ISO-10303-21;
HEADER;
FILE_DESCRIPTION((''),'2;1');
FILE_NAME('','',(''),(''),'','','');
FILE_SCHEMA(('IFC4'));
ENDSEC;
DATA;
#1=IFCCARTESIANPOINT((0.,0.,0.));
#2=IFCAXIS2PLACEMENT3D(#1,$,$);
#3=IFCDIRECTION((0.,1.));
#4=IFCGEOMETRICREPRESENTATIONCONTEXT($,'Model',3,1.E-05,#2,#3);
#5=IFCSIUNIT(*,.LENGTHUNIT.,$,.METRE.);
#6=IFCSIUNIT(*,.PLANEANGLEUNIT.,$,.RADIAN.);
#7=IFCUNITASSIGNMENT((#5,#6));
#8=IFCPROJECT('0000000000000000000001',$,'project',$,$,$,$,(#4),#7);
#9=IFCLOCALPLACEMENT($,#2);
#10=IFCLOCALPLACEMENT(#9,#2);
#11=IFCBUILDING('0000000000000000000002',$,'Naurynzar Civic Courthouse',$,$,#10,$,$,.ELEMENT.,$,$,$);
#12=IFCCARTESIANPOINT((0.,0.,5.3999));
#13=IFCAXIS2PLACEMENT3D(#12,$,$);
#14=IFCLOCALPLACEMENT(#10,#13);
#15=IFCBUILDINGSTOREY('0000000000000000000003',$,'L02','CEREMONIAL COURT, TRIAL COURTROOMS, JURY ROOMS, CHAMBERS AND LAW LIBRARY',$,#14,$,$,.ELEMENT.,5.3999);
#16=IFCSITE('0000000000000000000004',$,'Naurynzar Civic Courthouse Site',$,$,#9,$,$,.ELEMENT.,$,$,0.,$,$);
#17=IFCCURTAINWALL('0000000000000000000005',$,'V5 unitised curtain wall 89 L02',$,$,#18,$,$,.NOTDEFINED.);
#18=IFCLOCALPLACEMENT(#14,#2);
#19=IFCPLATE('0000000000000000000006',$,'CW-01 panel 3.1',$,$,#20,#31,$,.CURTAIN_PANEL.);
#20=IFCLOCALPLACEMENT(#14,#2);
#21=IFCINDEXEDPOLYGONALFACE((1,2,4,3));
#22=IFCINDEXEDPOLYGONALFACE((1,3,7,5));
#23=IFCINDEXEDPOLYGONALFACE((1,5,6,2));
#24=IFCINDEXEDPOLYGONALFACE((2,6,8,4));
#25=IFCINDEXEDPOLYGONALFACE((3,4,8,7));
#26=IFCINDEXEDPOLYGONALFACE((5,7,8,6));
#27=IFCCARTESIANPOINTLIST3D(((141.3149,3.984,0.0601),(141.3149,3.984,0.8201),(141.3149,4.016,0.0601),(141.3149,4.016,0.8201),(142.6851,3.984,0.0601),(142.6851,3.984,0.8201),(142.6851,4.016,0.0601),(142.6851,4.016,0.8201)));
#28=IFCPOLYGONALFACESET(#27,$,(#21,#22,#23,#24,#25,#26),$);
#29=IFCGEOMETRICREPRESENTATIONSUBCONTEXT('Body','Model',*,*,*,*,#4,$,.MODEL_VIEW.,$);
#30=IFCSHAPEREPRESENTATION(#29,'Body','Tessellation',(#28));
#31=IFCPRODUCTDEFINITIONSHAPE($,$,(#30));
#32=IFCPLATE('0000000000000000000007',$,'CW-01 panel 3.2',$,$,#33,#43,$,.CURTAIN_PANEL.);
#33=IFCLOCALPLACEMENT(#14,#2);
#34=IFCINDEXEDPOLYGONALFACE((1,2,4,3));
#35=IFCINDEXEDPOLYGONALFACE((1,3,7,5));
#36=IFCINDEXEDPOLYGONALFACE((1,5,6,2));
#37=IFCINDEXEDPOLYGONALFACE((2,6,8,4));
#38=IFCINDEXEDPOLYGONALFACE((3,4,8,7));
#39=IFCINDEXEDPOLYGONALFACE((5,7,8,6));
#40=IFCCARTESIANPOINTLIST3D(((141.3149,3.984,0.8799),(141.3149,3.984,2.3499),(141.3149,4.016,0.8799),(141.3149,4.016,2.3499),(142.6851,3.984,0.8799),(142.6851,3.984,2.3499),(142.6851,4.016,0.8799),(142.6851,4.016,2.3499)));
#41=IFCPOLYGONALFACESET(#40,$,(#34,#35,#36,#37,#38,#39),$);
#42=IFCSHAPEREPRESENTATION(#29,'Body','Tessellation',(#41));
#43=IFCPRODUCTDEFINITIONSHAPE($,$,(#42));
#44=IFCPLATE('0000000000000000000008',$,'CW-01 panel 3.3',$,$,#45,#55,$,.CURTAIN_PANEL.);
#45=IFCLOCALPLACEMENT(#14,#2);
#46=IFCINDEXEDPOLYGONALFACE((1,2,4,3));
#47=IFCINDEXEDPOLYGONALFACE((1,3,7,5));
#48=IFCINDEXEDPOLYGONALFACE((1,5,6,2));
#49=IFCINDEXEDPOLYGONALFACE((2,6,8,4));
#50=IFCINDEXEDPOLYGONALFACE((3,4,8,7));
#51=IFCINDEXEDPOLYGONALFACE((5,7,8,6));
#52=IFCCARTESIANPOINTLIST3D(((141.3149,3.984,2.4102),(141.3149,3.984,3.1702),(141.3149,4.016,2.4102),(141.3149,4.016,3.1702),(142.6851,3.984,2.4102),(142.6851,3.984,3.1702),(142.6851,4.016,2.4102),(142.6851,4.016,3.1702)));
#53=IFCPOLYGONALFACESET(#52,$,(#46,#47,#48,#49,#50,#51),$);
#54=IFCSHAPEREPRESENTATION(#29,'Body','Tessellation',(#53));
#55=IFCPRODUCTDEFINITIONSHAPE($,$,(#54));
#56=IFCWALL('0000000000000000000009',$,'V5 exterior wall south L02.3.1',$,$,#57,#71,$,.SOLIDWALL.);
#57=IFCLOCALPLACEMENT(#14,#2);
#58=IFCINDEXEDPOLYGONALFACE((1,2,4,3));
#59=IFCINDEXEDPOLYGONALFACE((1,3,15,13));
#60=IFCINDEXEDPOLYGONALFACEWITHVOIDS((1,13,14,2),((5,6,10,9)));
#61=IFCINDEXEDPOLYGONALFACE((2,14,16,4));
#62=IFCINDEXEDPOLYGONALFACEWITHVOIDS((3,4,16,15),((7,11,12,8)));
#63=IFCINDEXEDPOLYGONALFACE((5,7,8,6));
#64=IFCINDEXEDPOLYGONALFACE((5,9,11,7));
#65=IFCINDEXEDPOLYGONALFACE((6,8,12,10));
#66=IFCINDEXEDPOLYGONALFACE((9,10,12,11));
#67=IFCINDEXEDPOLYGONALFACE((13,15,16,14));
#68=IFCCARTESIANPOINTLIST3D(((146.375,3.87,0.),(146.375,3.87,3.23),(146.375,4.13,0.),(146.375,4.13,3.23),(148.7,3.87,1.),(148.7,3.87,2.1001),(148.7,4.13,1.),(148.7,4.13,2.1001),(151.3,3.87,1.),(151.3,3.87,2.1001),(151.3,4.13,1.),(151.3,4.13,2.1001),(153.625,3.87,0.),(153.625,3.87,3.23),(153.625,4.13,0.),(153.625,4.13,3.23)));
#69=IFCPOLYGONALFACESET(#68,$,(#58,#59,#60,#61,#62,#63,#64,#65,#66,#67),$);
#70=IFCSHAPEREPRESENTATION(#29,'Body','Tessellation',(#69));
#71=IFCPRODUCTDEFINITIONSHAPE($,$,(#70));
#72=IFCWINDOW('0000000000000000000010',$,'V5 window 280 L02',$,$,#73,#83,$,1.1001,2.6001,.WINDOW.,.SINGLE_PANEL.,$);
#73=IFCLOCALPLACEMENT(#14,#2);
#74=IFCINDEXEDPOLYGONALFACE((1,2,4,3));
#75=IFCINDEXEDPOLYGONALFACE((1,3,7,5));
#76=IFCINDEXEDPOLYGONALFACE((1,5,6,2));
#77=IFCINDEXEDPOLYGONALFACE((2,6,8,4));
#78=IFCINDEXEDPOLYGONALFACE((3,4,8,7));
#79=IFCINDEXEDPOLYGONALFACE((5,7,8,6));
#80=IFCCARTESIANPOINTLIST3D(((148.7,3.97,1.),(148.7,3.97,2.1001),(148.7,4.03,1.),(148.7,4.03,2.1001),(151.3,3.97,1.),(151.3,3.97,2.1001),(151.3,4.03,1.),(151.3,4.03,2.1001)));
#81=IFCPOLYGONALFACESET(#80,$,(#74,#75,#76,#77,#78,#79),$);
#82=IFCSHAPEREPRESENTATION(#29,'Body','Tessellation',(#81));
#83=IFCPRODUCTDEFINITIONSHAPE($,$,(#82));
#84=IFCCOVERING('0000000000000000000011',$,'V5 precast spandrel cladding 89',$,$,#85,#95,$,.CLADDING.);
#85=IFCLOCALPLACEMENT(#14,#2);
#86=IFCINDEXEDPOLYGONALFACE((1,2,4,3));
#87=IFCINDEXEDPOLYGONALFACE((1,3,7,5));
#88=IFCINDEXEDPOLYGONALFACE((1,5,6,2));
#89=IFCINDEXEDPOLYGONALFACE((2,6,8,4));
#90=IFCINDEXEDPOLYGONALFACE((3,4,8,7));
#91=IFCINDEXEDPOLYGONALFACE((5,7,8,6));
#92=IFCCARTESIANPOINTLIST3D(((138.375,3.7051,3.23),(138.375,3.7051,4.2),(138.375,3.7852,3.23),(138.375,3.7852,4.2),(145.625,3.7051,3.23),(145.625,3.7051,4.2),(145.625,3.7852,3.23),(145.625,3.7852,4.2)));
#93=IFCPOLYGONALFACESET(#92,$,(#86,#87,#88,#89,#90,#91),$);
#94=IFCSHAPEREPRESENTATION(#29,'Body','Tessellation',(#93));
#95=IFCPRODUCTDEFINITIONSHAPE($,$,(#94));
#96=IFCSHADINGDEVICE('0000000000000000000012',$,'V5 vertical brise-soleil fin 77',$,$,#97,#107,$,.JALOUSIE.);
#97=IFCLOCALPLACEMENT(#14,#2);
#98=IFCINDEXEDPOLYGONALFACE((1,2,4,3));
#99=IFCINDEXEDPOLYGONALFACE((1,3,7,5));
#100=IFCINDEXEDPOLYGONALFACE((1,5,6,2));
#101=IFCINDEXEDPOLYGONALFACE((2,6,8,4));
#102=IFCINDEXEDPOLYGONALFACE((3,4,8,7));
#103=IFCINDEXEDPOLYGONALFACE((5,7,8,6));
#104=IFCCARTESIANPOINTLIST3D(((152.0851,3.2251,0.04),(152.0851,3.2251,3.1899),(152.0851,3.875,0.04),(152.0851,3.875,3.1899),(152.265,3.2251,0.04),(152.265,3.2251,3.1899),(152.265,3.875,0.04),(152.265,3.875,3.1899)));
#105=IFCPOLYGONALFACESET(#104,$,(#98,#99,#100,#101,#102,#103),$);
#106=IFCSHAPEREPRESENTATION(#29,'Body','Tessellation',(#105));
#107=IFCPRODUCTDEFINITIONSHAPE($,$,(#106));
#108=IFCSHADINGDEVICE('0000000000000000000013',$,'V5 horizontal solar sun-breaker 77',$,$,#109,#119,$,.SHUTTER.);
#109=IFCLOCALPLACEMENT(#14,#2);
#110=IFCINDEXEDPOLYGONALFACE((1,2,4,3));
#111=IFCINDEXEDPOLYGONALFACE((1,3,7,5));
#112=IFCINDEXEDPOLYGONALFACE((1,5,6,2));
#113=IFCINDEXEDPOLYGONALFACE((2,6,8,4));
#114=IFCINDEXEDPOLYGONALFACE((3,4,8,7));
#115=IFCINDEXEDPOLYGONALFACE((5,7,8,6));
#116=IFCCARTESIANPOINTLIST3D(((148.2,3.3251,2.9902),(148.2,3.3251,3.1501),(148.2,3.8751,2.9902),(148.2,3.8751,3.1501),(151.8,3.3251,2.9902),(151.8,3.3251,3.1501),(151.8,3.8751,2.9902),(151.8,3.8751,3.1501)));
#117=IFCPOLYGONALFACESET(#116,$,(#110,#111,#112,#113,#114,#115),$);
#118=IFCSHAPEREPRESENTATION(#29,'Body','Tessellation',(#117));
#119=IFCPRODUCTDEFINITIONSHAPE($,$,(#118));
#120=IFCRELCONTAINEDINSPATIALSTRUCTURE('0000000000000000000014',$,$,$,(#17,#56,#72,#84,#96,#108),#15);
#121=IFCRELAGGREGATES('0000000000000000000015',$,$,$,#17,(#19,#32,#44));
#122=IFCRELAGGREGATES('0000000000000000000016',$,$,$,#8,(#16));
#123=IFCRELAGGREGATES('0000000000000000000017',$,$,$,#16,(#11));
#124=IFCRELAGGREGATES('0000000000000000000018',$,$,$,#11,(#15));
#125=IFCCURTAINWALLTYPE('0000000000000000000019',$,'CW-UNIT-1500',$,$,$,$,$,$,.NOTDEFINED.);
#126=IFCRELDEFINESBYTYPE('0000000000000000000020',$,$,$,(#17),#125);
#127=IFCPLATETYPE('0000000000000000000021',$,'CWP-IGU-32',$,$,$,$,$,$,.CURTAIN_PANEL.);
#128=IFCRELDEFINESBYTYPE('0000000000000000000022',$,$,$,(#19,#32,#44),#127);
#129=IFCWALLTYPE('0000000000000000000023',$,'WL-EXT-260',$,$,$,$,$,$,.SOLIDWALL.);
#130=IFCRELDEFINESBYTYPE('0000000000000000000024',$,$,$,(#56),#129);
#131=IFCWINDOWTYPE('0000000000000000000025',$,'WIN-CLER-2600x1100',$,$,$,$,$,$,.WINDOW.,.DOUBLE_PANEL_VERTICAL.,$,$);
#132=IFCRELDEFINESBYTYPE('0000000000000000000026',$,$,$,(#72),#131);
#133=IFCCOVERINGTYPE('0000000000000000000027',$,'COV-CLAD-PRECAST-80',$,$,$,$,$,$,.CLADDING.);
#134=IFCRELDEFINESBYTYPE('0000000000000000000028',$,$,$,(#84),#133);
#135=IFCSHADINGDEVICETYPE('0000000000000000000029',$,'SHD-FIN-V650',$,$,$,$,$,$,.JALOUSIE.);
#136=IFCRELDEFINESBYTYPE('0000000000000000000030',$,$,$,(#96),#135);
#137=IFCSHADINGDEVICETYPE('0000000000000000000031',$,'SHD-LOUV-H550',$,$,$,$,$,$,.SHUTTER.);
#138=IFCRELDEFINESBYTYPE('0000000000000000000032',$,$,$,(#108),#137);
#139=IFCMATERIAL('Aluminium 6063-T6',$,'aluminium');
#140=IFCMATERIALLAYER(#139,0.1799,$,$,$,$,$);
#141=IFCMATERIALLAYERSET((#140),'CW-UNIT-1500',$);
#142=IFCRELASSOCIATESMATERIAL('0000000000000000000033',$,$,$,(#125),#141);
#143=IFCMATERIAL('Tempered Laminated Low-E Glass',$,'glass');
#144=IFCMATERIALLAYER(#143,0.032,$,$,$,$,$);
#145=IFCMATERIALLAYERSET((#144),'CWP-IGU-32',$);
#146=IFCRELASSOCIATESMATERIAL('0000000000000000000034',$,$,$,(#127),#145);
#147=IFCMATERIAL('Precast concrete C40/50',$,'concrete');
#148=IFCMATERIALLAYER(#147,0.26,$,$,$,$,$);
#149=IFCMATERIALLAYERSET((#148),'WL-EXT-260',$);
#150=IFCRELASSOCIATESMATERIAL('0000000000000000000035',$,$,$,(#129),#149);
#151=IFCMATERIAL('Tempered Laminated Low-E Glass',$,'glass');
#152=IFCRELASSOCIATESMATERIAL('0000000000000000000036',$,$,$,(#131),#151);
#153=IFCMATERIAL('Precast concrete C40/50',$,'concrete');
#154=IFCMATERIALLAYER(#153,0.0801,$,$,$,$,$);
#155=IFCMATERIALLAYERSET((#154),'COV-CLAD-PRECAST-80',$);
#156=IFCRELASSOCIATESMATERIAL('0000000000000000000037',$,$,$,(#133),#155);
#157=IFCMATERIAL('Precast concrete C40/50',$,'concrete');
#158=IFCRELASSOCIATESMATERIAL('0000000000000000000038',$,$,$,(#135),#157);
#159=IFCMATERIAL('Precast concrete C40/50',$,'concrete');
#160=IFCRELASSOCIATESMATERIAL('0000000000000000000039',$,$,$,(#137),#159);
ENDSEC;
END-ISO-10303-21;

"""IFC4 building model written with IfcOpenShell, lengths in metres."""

from ifc_helpers import new_model, si_unit, direction, frame, frame_2d, origin, origin_2d, place, context, subcontext, project, spatial, rectangle, extrude, material, layer, layer_set, type_object, element, fill, aggregate, save


model = new_model("IFC4")

# Units and contexts
model_context = context("Model", 3, precision=1e-05, world=origin(), true_north=direction((0.0, 1.0)))
body_context = subcontext(model_context, "Body", "Model", "MODEL_VIEW")
ifc_project = project(units=[si_unit("LENGTHUNIT", "METRE"), si_unit("PLANEANGLEUNIT", "RADIAN")], contexts=[model_context])

# Site, building, storey
site_placement = place(None, origin())
site = spatial("IfcSite", under=ifc_project, at=site_placement, Name="Naurynzar Civic Courthouse Site", CompositionType="ELEMENT", RefElevation=0.0)
building_placement = place(site_placement, origin())
building = spatial("IfcBuilding", under=site, at=building_placement, Name="Naurynzar Civic Courthouse", CompositionType="ELEMENT")
storey_placement = place(building_placement, frame((0.0, 0.0, 5.3999)))
storey = spatial("IfcBuildingStorey", under=building, at=storey_placement, Name="L02", Description="CEREMONIAL COURT, TRIAL COURTROOMS, JURY ROOMS, CHAMBERS AND LAW LIBRARY", CompositionType="ELEMENT", Elevation=5.3999)

# Curtain wall, plates
ifc_material_1 = material(Name="Aluminium 6063-T6", Category="aluminium")
ifc_layer_1 = layer(ifc_material_1, 0.1799)
ifc_layer_set_1 = layer_set([ifc_layer_1], Name="CW-UNIT-1500")
curtain_wall_type = type_object("IfcCurtainWallType", Name="CW-UNIT-1500", PredefinedType="NOTDEFINED", material=ifc_layer_set_1)
curtain_wall_placement = place(storey_placement, origin())
curtain_wall = element("IfcCurtainWall", 1, at=curtain_wall_placement, inside=storey, type_object=curtain_wall_type, Name="V5 unitised curtain wall 89 L02", PredefinedType="NOTDEFINED")
ifc_material_2 = material(Name="Tempered Laminated Low-E Glass", Category="glass")
ifc_layer_2 = layer(ifc_material_2, 0.032)
ifc_layer_set_2 = layer_set([ifc_layer_2], Name="CWP-IGU-32")
plate_type = type_object("IfcPlateType", Name="CWP-IGU-32", PredefinedType="CURTAIN_PANEL", material=ifc_layer_set_2)
plate_1_placement = place(storey_placement, frame((142.0, 4.0, 0.0601), z_axis=(0.0, 0.0, 1.0), x_axis=(-1.0, 0.0, 0.0)))
plate_1 = element("IfcPlate", 2, at=plate_1_placement, type_object=plate_type, Name="CW-01 panel 3.1", PredefinedType="CURTAIN_PANEL", context=body_context, shape_type="SweptSolid", body=[
    extrude(rectangle(XDim=1.3701, YDim=0.032, at=origin_2d()), origin(), (0.0, 0.0, 1.0), 0.76),
])
plate_2_placement = place(storey_placement, frame((142.0, 4.0, 0.8799), z_axis=(0.0, 0.0, 1.0), x_axis=(-1.0, 0.0, 0.0)))
plate_2 = element("IfcPlate", 3, at=plate_2_placement, type_object=plate_type, Name="CW-01 panel 3.2", PredefinedType="CURTAIN_PANEL", context=body_context, shape_type="SweptSolid", body=[
    extrude(rectangle(XDim=1.3701, YDim=0.032, at=origin_2d()), origin(), (0.0, 0.0, 1.0), 1.47),
])
plate_3_placement = place(storey_placement, frame((142.0, 4.0, 2.4102), z_axis=(0.0, 0.0, 1.0), x_axis=(-1.0, 0.0, 0.0)))
plate_3 = element("IfcPlate", 4, at=plate_3_placement, type_object=plate_type, Name="CW-01 panel 3.3", PredefinedType="CURTAIN_PANEL", context=body_context, shape_type="SweptSolid", body=[
    extrude(rectangle(XDim=1.3701, YDim=0.032, at=origin_2d()), origin(), (0.0, 0.0, 1.0), 0.76),
])
aggregate(curtain_wall, [plate_1, plate_2, plate_3])

# Wall, opening, window
ifc_material_3 = material(Name="Precast concrete C40/50", Category="concrete")
ifc_layer_3 = layer(ifc_material_3, 0.26)
ifc_layer_set_3 = layer_set([ifc_layer_3], Name="WL-EXT-260")
wall_type = type_object("IfcWallType", Name="WL-EXT-260", PredefinedType="SOLIDWALL", material=ifc_layer_set_3)
wall_placement = place(storey_placement, frame((153.625, 4.0, 0.0), z_axis=(0.0, 0.0, 1.0), x_axis=(-1.0, 0.0, 0.0)))
wall = element("IfcWall", 5, at=wall_placement, inside=storey, type_object=wall_type, Name="V5 exterior wall south L02.3.1", PredefinedType="SOLIDWALL", context=body_context, shape_type="SweptSolid", body=[
    extrude(rectangle(XDim=7.25, YDim=0.26, at=frame_2d((3.625, 0.0))), origin(), (0.0, 0.0, 1.0), 3.23),
])
opening_placement = place(wall_placement, frame((2.325, 0.0, 1.0)))
opening = element("IfcOpeningElement", 6, at=opening_placement, cuts=wall, PredefinedType="OPENING", context=body_context, shape_type="SweptSolid", body=[
    extrude(rectangle(XDim=2.6001, YDim=1.1001, at=frame_2d((1.3, 0.55))), frame((0.0, 0.1399, 0.0), z_axis=(0.0, -1.0, 0.0), x_axis=(1.0, 0.0, 0.0)), (0.0, 0.0, 1.0), 0.28),
])
ifc_material_4 = material(Name="Tempered Laminated Low-E Glass", Category="glass")
window_type = type_object("IfcWindowType", Name="WIN-CLER-2600x1100", PartitioningType="DOUBLE_PANEL_VERTICAL", PredefinedType="WINDOW", material=ifc_material_4)
window_placement = place(opening_placement, origin())
window = element("IfcWindow", 7, at=window_placement, inside=storey, type_object=window_type, Name="V5 window 280 L02", OverallHeight=1.1001, OverallWidth=2.6001, PartitioningType="SINGLE_PANEL", PredefinedType="WINDOW", context=body_context, shape_type="SweptSolid", body=[
    extrude(rectangle(XDim=2.6001, YDim=1.1001, at=frame_2d((1.3, 0.55))), frame((0.0, 0.03, 0.0), z_axis=(0.0, -1.0, 0.0), x_axis=(1.0, 0.0, 0.0)), (0.0, 0.0, 1.0), 0.0601),
])
fill(opening, window)

# Covering
ifc_material_5 = material(Name="Precast concrete C40/50", Category="concrete")
ifc_layer_4 = layer(ifc_material_5, 0.0801)
ifc_layer_set_4 = layer_set([ifc_layer_4], Name="COV-CLAD-PRECAST-80")
covering_type = type_object("IfcCoveringType", Name="COV-CLAD-PRECAST-80", PredefinedType="CLADDING", material=ifc_layer_set_4)
covering_placement = place(storey_placement, frame((142.0, 3.7451, 3.23), z_axis=(0.0, 0.0, 1.0), x_axis=(-1.0, 0.0, 0.0)))
element("IfcCovering", 8, at=covering_placement, inside=storey, type_object=covering_type, Name="V5 precast spandrel cladding 89", PredefinedType="CLADDING", context=body_context, shape_type="SweptSolid", body=[
    extrude(rectangle(XDim=7.25, YDim=0.0801, at=origin_2d()), origin(), (0.0, 0.0, 1.0), 0.97),
])

# Shading devices
ifc_material_6 = material(Name="Precast concrete C40/50", Category="concrete")
shading_device_type_1 = type_object("IfcShadingDeviceType", Name="SHD-FIN-V650", PredefinedType="JALOUSIE", material=ifc_material_6)
shading_device_1_placement = place(storey_placement, frame((152.175, 3.55, 0.04), z_axis=(0.0, 0.0, 1.0), x_axis=(-1.0, 0.0, 0.0)))
element("IfcShadingDevice", 9, at=shading_device_1_placement, inside=storey, type_object=shading_device_type_1, Name="V5 vertical brise-soleil fin 77", PredefinedType="JALOUSIE", context=body_context, shape_type="SweptSolid", body=[
    extrude(rectangle(XDim=0.1799, YDim=0.6499, at=origin_2d()), origin(), (0.0, 0.0, 1.0), 3.1499),
])
ifc_material_7 = material(Name="Precast concrete C40/50", Category="concrete")
shading_device_type_2 = type_object("IfcShadingDeviceType", Name="SHD-LOUV-H550", PredefinedType="SHUTTER", material=ifc_material_7)
shading_device_2_placement = place(storey_placement, frame((150.0, 3.6001, 2.9902), z_axis=(0.0, 0.0, 1.0), x_axis=(-1.0, 0.0, 0.0)))
element("IfcShadingDevice", 10, at=shading_device_2_placement, inside=storey, type_object=shading_device_type_2, Name="V5 horizontal solar sun-breaker 77", PredefinedType="SHUTTER", context=body_context, shape_type="SweptSolid", body=[
    extrude(rectangle(XDim=3.6001, YDim=0.55, at=origin_2d()), origin(), (0.0, 0.0, 1.0), 0.1599),
])

save(model, "model.ifc")
